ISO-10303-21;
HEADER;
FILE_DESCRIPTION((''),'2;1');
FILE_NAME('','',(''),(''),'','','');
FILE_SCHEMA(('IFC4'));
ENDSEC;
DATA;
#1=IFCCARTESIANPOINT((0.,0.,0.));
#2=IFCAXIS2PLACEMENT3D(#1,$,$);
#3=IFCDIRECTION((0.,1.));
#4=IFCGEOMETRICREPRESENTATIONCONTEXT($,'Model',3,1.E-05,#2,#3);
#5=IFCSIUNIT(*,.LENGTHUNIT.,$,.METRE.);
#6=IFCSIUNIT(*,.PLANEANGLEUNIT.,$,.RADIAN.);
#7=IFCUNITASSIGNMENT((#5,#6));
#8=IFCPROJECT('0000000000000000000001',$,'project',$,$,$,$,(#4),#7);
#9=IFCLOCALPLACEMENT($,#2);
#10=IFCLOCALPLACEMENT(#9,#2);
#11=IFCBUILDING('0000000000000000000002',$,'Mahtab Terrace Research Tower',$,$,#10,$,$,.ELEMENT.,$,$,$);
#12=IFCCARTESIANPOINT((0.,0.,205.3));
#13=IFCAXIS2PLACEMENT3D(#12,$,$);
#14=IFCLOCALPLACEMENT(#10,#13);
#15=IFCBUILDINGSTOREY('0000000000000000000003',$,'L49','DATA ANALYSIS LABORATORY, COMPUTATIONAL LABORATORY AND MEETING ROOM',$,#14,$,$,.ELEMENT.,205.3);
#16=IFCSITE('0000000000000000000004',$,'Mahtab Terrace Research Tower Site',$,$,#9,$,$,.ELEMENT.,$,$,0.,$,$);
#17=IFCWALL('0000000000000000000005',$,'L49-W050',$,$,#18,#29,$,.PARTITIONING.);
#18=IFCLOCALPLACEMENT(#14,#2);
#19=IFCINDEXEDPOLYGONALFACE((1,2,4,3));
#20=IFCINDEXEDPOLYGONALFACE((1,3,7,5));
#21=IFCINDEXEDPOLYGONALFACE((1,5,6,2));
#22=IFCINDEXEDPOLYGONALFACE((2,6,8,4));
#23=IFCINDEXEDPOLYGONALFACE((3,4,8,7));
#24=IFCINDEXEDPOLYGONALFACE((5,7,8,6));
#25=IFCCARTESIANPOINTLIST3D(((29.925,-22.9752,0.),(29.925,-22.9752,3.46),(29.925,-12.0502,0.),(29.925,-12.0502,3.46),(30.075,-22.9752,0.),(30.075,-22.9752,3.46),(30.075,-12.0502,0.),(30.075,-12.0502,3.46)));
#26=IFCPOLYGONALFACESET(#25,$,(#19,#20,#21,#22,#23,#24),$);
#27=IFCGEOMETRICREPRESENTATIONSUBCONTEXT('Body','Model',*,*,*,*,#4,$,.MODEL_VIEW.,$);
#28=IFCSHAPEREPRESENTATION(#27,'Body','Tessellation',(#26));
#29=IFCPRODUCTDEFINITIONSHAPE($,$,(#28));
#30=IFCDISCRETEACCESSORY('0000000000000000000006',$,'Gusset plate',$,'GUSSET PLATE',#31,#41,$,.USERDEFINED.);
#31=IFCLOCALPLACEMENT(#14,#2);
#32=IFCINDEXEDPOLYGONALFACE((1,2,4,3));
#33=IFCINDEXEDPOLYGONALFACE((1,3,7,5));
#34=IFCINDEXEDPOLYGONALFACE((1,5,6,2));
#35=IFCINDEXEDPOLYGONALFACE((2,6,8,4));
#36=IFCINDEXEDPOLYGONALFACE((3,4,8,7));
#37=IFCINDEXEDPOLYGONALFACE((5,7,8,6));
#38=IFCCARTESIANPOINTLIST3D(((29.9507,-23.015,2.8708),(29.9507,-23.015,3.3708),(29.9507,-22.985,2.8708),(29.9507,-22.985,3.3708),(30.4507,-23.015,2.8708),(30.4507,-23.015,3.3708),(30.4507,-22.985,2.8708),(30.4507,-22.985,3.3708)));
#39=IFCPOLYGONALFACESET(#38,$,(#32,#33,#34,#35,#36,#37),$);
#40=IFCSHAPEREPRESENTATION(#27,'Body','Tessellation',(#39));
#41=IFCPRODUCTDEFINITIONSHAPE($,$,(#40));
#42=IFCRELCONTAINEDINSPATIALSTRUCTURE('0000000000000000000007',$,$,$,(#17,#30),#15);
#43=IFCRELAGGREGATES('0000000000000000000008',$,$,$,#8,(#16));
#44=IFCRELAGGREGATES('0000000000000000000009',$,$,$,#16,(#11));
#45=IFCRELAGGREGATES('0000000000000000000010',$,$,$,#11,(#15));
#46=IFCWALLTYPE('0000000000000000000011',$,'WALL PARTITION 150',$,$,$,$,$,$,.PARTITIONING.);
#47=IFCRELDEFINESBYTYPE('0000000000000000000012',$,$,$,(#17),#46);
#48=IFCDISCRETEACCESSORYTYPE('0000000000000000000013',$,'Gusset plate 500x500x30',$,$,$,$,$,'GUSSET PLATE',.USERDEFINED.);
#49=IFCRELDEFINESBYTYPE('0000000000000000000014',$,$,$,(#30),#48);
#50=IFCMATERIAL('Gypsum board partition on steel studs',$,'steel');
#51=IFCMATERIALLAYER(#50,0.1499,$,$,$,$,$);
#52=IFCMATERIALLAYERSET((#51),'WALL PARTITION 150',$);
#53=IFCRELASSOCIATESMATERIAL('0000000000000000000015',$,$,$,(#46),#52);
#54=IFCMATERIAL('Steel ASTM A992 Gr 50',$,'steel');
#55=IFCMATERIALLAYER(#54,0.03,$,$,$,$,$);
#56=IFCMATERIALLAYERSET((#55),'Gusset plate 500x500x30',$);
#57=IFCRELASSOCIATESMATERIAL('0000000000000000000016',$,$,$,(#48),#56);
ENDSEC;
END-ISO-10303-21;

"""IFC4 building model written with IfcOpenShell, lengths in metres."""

from ifc_helpers import new_model, si_unit, direction, frame, frame_2d, origin, origin_2d, place, context, subcontext, project, spatial, rectangle, extrude, material, layer, layer_set, type_object, element, save


model = new_model("IFC4")

# Units and contexts
model_context = context("Model", 3, precision=1e-05, world=origin(), true_north=direction((0.0, 1.0)))
body_context = subcontext(model_context, "Body", "Model", "MODEL_VIEW")
ifc_project = project(units=[si_unit("LENGTHUNIT", "METRE"), si_unit("PLANEANGLEUNIT", "RADIAN")], contexts=[model_context])

# Site, building, storey
site_placement = place(None, origin())
site = spatial("IfcSite", under=ifc_project, at=site_placement, Name="Mahtab Terrace Research Tower Site", CompositionType="ELEMENT", RefElevation=0.0)
building_placement = place(site_placement, origin())
building = spatial("IfcBuilding", under=site, at=building_placement, Name="Mahtab Terrace Research Tower", CompositionType="ELEMENT")
storey_placement = place(building_placement, frame((0.0, 0.0, 205.3)))
storey = spatial("IfcBuildingStorey", under=building, at=storey_placement, Name="L49", Description="DATA ANALYSIS LABORATORY, COMPUTATIONAL LABORATORY AND MEETING ROOM", CompositionType="ELEMENT", Elevation=205.3)

# Shared definitions
ifc_material_1 = material(Name="Steel ASTM A992 Gr 50", Category="steel")

# Wall
ifc_material_2 = material(Name="Gypsum board partition on steel studs", Category="steel")
ifc_layer_1 = layer(ifc_material_2, 0.1499)
ifc_layer_set_1 = layer_set([ifc_layer_1], Name="WALL PARTITION 150")
wall_type_1 = type_object("IfcWallType", Name="WALL PARTITION 150", PredefinedType="PARTITIONING", material=ifc_layer_set_1)
wall_1_placement = place(storey_placement, frame((30.0, -22.9751, 0.0), z_axis=(0.0, 0.0, 1.0), x_axis=(0.0, 1.0, 0.0)))
element("IfcWall", 1, at=wall_1_placement, inside=storey, type_object=wall_type_1, Name="L49-W050", PredefinedType="PARTITIONING", context=body_context, shape_type="SweptSolid", body=[
    extrude(rectangle(XDim=10.925, YDim=0.1499, at=frame_2d((5.4624, 0.0))), origin(), (0.0, 0.0, 1.0), 3.46),
])

# Discrete accessory
ifc_layer_2 = layer(ifc_material_1, 0.03)
ifc_layer_set_2 = layer_set([ifc_layer_2], Name="Gusset plate 500x500x30")
discrete_accessory_type = type_object("IfcDiscreteAccessoryType", Name="Gusset plate 500x500x30", ElementType="GUSSET PLATE", PredefinedType="USERDEFINED", material=ifc_layer_set_2)
discrete_accessory_placement = place(storey_placement, frame((30.2007, -23.0, 2.8708), z_axis=(0.0, 0.0, 1.0), x_axis=(1.0, 0.0, 0.0)))
element("IfcDiscreteAccessory", 2, at=discrete_accessory_placement, inside=storey, type_object=discrete_accessory_type, Name="Gusset plate", ObjectType="GUSSET PLATE", PredefinedType="USERDEFINED", context=body_context, shape_type="SweptSolid", body=[
    extrude(rectangle(XDim=0.5, YDim=0.03, at=origin_2d()), origin(), (0.0, 0.0, 1.0), 0.5),
])

save(model, "model.ifc")
